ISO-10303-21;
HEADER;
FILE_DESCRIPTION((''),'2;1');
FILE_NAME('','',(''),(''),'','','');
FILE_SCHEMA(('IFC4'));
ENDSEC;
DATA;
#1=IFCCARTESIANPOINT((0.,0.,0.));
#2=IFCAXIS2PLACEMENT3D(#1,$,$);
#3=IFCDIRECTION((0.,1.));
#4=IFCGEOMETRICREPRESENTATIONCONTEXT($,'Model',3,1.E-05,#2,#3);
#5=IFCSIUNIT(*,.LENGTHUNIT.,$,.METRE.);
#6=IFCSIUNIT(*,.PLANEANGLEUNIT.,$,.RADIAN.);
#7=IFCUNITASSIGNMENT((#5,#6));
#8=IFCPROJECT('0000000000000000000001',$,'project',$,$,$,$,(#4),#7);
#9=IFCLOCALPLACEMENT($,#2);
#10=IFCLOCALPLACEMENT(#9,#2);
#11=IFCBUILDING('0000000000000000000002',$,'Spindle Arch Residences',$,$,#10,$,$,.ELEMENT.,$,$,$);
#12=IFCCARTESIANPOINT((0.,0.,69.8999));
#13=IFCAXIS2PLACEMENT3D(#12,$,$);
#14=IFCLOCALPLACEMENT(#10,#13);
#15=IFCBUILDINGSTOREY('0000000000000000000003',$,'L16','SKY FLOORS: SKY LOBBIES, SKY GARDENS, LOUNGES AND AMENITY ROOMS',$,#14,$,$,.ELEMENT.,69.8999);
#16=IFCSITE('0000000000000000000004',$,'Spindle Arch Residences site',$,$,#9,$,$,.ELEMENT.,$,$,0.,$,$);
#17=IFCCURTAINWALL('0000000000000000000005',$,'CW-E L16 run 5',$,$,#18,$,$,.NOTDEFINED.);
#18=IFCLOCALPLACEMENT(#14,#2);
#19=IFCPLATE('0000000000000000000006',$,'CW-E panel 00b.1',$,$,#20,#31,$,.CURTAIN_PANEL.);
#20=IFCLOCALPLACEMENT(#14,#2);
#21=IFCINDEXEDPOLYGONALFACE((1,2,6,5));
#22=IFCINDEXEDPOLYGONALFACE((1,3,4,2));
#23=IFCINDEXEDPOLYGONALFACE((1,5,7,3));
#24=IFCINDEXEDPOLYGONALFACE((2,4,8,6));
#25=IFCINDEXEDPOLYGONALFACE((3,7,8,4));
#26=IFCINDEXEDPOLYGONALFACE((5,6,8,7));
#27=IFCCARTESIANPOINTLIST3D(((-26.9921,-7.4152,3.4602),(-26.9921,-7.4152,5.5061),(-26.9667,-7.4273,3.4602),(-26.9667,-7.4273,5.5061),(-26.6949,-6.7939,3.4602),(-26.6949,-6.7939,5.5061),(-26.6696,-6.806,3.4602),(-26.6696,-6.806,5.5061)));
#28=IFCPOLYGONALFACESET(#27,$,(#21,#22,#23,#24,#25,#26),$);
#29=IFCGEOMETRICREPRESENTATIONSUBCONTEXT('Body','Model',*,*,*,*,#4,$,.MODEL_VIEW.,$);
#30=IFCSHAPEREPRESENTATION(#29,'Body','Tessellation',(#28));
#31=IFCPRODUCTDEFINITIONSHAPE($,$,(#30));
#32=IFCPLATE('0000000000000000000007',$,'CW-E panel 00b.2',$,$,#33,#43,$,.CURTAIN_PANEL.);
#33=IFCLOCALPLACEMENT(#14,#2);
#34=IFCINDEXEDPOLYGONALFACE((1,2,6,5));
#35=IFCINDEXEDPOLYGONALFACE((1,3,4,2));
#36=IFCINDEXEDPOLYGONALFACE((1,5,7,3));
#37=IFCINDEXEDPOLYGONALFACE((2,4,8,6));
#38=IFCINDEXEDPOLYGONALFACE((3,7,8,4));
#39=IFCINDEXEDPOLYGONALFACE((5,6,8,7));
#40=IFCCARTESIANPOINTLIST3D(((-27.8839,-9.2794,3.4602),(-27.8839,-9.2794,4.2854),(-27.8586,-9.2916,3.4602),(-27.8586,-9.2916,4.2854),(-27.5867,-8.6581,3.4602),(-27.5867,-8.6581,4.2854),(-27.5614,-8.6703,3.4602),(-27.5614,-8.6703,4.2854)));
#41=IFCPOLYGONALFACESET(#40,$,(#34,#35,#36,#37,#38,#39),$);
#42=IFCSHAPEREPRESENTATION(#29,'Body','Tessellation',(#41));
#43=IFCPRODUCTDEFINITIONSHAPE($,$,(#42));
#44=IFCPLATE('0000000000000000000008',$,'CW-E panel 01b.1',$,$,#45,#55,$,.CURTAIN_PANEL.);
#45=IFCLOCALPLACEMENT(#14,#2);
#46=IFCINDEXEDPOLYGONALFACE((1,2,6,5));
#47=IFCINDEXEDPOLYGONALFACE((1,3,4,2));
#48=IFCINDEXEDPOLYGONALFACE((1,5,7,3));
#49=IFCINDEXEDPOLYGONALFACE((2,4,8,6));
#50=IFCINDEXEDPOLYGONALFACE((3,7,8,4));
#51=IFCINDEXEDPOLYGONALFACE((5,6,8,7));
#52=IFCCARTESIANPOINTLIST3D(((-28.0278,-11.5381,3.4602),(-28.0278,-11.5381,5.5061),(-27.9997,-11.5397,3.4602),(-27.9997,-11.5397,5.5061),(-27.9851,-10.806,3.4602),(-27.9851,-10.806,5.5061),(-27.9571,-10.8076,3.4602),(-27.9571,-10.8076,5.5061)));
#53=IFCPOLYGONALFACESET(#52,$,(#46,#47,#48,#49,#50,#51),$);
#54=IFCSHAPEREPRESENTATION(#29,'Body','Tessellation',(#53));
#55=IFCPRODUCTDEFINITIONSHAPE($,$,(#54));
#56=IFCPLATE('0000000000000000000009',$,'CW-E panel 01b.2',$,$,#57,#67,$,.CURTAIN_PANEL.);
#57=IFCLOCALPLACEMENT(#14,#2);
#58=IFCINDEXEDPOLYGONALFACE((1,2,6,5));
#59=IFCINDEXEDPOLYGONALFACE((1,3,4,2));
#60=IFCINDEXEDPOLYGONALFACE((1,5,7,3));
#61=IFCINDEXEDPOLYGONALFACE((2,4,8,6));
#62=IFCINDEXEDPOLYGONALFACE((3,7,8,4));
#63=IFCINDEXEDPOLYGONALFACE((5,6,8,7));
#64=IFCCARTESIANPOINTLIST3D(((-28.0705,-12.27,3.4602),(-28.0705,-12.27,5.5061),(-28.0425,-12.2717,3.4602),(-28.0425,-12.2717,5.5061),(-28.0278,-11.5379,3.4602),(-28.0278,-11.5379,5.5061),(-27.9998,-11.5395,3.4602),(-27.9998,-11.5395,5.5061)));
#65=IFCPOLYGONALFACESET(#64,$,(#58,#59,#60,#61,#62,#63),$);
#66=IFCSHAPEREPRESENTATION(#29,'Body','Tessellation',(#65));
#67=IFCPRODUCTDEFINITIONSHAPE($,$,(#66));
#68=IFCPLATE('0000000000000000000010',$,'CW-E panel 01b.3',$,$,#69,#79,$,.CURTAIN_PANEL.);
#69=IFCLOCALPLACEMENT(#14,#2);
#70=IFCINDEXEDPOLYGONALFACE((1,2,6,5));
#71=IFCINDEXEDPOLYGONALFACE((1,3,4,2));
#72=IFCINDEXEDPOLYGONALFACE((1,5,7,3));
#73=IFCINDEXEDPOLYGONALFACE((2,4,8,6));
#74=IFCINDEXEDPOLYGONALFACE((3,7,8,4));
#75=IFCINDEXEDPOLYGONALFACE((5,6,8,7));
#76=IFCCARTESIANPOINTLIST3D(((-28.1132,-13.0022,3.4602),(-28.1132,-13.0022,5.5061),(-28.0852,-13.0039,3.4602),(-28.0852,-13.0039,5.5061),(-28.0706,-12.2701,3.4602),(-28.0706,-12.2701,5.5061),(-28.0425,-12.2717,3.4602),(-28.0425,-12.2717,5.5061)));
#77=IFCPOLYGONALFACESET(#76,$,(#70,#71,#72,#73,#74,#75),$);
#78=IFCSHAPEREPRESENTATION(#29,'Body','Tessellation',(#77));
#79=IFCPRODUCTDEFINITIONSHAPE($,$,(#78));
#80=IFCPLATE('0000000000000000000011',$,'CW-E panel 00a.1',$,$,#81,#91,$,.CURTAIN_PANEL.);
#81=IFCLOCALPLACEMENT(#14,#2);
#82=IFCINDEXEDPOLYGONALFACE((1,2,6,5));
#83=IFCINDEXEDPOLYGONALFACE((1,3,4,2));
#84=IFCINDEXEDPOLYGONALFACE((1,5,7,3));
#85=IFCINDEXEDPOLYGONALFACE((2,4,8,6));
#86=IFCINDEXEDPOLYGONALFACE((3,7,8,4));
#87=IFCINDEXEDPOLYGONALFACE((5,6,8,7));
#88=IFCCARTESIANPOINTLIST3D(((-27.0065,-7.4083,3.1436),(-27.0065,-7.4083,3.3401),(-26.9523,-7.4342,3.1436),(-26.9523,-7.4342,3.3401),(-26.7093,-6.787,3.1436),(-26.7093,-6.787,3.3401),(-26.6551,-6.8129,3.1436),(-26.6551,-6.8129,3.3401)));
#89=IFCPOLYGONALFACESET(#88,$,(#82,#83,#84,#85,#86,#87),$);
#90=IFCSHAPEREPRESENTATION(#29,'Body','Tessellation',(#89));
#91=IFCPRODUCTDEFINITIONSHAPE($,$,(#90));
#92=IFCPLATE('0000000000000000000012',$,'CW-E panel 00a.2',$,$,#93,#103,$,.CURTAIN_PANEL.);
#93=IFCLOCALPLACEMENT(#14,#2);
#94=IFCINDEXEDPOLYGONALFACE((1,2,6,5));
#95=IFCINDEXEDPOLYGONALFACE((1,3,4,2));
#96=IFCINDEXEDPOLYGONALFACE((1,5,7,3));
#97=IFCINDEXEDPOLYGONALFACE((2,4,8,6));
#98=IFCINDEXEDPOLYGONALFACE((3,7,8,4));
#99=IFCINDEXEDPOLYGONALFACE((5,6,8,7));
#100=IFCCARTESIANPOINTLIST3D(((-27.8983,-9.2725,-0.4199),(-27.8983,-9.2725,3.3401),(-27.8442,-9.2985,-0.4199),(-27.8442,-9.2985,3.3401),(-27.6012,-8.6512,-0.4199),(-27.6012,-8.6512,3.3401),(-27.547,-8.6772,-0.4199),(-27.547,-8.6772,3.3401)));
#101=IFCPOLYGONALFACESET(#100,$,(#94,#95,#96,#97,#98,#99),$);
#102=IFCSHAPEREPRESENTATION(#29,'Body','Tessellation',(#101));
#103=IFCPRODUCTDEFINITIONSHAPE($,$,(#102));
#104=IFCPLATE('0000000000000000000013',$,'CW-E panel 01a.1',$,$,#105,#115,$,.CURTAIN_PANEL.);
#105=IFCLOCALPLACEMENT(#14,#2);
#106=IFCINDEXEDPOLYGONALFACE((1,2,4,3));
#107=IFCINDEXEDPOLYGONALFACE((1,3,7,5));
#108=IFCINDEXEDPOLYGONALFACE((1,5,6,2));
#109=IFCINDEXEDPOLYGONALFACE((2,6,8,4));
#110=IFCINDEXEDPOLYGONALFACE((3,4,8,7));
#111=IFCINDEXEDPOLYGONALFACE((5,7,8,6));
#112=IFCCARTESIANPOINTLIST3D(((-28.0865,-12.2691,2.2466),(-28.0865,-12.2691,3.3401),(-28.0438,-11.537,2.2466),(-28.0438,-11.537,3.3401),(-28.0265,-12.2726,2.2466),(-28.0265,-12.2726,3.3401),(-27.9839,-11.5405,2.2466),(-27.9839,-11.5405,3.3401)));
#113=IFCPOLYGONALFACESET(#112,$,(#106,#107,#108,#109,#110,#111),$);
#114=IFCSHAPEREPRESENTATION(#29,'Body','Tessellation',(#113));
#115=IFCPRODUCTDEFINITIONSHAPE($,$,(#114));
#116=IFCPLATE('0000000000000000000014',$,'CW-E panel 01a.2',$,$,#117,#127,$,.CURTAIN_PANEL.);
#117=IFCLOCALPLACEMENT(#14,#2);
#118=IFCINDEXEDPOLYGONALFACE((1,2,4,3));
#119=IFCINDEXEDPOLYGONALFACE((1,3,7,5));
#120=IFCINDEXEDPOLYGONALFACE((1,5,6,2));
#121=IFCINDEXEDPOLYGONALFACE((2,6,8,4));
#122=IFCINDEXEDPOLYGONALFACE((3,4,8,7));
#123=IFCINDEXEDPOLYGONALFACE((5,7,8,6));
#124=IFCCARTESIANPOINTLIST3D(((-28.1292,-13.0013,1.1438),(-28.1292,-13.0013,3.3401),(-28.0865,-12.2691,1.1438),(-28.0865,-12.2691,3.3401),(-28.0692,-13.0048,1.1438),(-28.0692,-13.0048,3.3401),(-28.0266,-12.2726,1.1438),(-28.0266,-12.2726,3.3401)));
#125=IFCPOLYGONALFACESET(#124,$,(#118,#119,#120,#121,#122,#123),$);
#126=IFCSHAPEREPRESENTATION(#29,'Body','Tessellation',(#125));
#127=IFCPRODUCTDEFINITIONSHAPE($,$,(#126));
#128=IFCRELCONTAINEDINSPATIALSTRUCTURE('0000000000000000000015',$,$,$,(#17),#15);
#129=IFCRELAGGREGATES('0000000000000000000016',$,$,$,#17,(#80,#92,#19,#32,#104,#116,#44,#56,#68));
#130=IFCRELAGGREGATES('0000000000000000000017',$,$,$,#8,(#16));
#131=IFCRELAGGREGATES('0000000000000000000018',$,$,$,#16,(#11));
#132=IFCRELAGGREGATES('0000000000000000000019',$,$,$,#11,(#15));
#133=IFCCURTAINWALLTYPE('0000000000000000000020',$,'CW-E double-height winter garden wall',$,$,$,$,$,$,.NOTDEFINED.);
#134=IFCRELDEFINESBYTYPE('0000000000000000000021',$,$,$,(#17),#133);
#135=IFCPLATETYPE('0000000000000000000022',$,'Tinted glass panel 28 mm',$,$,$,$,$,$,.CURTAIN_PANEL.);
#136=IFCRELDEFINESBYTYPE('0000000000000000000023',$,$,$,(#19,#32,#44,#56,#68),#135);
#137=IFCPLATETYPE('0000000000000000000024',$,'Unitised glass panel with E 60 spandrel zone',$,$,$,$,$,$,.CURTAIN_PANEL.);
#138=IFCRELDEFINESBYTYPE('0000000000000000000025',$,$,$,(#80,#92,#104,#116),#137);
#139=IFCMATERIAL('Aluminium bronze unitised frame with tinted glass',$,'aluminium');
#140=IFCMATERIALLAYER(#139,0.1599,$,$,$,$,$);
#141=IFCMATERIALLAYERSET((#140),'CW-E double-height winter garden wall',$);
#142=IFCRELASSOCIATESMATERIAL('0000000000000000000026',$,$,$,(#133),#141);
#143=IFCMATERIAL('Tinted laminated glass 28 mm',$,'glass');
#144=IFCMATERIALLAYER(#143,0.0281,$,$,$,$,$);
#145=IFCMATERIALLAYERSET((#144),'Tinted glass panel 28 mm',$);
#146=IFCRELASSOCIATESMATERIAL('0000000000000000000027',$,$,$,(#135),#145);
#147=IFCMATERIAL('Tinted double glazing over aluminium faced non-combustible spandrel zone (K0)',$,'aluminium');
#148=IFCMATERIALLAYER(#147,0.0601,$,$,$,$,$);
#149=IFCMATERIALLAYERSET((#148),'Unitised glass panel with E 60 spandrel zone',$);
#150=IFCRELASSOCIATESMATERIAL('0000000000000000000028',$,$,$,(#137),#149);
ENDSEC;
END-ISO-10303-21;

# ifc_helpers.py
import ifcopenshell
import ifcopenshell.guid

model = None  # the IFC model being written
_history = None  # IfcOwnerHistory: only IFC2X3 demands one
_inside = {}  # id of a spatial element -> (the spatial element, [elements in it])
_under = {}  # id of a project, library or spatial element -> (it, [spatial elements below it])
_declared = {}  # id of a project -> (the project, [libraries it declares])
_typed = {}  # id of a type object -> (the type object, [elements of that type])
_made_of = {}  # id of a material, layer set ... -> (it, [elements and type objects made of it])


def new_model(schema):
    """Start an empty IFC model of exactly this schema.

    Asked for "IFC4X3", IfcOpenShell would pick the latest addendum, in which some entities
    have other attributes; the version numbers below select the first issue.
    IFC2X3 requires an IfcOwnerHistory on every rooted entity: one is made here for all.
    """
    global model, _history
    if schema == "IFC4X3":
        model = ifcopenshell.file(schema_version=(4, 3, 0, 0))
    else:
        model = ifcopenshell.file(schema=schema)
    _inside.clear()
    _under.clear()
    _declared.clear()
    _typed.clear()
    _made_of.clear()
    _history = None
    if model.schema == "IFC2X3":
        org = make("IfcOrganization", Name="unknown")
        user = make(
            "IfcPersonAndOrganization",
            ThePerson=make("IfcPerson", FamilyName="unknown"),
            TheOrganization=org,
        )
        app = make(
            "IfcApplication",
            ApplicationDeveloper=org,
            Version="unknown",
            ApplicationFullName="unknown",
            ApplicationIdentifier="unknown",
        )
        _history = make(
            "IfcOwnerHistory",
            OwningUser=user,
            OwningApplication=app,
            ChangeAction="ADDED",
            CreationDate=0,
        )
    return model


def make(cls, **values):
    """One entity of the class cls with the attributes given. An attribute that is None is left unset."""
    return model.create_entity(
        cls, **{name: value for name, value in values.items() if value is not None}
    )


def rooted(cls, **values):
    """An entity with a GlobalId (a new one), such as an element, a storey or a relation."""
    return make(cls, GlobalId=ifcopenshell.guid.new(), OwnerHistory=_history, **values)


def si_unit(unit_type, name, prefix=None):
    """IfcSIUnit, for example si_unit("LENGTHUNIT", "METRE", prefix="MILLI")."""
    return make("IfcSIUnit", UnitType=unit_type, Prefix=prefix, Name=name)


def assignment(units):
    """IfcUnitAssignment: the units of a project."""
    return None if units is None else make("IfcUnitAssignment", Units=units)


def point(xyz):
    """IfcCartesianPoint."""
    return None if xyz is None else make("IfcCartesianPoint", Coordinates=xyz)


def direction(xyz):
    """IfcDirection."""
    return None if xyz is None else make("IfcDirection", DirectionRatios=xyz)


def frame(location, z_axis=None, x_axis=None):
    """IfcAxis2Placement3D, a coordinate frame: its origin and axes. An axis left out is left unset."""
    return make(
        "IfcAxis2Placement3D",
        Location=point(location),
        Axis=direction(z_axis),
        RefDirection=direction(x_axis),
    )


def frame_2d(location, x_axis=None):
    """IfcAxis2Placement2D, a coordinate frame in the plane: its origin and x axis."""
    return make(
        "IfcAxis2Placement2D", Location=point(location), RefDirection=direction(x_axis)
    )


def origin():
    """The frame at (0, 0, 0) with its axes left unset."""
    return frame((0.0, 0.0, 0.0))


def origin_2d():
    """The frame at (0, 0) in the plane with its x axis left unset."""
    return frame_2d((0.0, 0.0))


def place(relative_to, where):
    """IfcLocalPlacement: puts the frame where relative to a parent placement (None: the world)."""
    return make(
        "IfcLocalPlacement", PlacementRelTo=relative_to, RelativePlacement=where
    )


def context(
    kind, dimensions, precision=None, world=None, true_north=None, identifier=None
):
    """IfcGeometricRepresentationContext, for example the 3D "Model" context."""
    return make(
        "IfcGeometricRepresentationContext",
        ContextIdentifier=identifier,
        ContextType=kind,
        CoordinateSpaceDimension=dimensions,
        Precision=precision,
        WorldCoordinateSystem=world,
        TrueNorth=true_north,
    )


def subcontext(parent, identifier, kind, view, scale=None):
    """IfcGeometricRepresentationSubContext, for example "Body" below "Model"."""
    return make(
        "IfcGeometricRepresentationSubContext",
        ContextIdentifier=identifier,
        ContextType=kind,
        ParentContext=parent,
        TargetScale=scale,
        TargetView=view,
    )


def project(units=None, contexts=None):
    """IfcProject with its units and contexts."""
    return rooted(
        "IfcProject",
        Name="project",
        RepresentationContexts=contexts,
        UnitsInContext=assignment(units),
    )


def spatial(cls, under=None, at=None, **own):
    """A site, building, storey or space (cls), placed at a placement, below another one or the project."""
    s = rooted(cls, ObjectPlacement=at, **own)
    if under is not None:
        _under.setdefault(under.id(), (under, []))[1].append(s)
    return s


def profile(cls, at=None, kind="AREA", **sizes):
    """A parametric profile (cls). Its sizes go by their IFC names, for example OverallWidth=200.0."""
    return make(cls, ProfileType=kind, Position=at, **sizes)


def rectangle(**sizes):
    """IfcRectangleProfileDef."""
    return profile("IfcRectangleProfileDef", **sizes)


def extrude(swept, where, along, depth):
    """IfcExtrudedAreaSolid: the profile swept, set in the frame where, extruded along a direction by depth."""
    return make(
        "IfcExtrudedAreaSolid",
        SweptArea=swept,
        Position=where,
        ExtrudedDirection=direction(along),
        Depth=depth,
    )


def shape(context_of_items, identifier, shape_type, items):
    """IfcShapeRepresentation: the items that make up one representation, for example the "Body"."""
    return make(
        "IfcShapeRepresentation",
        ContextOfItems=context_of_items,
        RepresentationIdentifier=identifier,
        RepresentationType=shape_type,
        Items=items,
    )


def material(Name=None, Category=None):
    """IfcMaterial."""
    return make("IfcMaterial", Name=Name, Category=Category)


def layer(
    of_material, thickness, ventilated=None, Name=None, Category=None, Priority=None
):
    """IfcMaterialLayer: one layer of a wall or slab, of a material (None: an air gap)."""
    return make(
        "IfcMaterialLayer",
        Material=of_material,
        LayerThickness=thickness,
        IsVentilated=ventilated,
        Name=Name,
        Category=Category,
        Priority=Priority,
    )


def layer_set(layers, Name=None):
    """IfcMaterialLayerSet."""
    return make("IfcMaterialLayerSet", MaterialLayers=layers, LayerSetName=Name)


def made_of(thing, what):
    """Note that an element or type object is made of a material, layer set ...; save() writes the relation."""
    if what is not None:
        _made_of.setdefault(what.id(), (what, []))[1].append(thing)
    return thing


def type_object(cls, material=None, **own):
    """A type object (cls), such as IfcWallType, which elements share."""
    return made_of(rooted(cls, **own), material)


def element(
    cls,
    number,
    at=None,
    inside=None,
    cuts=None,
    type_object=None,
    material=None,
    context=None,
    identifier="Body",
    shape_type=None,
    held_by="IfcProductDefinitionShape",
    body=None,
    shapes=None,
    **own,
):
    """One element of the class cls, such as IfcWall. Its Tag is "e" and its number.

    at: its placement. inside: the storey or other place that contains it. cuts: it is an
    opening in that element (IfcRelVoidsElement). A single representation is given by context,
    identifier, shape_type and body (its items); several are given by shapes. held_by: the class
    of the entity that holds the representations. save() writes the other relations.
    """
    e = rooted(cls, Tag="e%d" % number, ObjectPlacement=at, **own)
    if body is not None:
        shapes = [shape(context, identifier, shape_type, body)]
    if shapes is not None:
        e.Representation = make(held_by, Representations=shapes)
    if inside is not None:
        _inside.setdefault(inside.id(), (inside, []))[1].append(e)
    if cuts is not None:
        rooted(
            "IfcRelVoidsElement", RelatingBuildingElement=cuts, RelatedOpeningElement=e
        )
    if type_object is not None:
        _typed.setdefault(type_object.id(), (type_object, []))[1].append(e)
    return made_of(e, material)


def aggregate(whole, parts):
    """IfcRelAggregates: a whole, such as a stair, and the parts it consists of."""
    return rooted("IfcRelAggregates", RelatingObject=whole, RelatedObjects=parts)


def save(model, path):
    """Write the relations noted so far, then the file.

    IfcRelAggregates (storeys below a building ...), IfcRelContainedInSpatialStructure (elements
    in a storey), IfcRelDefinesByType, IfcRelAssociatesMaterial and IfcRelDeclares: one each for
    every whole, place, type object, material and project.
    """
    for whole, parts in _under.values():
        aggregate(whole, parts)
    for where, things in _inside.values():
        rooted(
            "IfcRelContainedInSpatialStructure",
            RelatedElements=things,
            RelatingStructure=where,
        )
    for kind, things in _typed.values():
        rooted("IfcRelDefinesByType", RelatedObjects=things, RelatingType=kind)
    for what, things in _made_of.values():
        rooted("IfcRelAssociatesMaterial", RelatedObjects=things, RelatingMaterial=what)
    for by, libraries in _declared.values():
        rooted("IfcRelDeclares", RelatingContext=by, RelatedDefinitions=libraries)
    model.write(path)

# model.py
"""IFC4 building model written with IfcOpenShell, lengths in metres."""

from ifc_helpers import new_model, si_unit, direction, frame, origin, origin_2d, place, context, subcontext, project, spatial, rectangle, extrude, material, layer, layer_set, type_object, element, aggregate, save


model = new_model("IFC4")

# Units and contexts
model_context = context("Model", 3, precision=1e-05, world=origin(), true_north=direction((0.0, 1.0)))
body_context = subcontext(model_context, "Body", "Model", "MODEL_VIEW")
ifc_project = project(units=[si_unit("LENGTHUNIT", "METRE"), si_unit("PLANEANGLEUNIT", "RADIAN")], contexts=[model_context])

# Site, building, storey
site_placement = place(None, origin())
site = spatial("IfcSite", under=ifc_project, at=site_placement, Name="Spindle Arch Residences site", CompositionType="ELEMENT", RefElevation=0.0)
building_placement = place(site_placement, origin())
building = spatial("IfcBuilding", under=site, at=building_placement, Name="Spindle Arch Residences", CompositionType="ELEMENT")
storey_placement = place(building_placement, frame((0.0, 0.0, 69.8999)))
storey = spatial("IfcBuildingStorey", under=building, at=storey_placement, Name="L16", Description="SKY FLOORS: SKY LOBBIES, SKY GARDENS, LOUNGES AND AMENITY ROOMS", CompositionType="ELEMENT", Elevation=69.8999)

# Curtain wall
ifc_material_1 = material(Name="Aluminium bronze unitised frame with tinted glass", Category="aluminium")
ifc_layer_1 = layer(ifc_material_1, 0.1599)
ifc_layer_set_1 = layer_set([ifc_layer_1], Name="CW-E double-height winter garden wall")
curtain_wall_type = type_object("IfcCurtainWallType", Name="CW-E double-height winter garden wall", PredefinedType="NOTDEFINED", material=ifc_layer_set_1)
curtain_wall_placement = place(storey_placement, origin())
curtain_wall = element("IfcCurtainWall", 1, at=curtain_wall_placement, inside=storey, type_object=curtain_wall_type, Name="CW-E L16 run 5", PredefinedType="NOTDEFINED")

# Plates
ifc_material_2 = material(Name="Tinted laminated glass 28 mm", Category="glass")
ifc_layer_2 = layer(ifc_material_2, 0.0281)
ifc_layer_set_2 = layer_set([ifc_layer_2], Name="Tinted glass panel 28 mm")
plate_type_1 = type_object("IfcPlateType", Name="Tinted glass panel 28 mm", PredefinedType="CURTAIN_PANEL", material=ifc_layer_set_2)
plate_1_placement = place(storey_placement, frame((-26.8308, -7.1106, 3.4602), z_axis=(0.0, 0.0, 1.0), x_axis=(-0.431502, -0.902112, 0.0)))
plate_1 = element("IfcPlate", 2, at=plate_1_placement, type_object=plate_type_1, Name="CW-E panel 00b.1", PredefinedType="CURTAIN_PANEL", context=body_context, shape_type="SweptSolid", body=[
    extrude(rectangle(XDim=0.6887, YDim=0.0281, at=origin_2d()), origin(), (0.0, 0.0, 1.0), 2.0459),
])
plate_2_placement = place(storey_placement, frame((-27.7227, -8.9749, 3.4602), z_axis=(0.0, 0.0, 1.0), x_axis=(-0.431502, -0.902112, 0.0)))
plate_2 = element("IfcPlate", 3, at=plate_2_placement, type_object=plate_type_1, Name="CW-E panel 00b.2", PredefinedType="CURTAIN_PANEL", context=body_context, shape_type="SweptSolid", body=[
    extrude(rectangle(XDim=0.6887, YDim=0.0281, at=origin_2d()), origin(), (0.0, 0.0, 1.0), 0.8252),
])
plate_3_placement = place(storey_placement, frame((-27.9924, -11.1729, 3.4602), z_axis=(0.0, 0.0, 1.0), x_axis=(-0.058145, -0.998308, 0.0)))
plate_3 = element("IfcPlate", 4, at=plate_3_placement, type_object=plate_type_1, Name="CW-E panel 01b.1", PredefinedType="CURTAIN_PANEL", context=body_context, shape_type="SweptSolid", body=[
    extrude(rectangle(XDim=0.7334, YDim=0.0281, at=origin_2d()), origin(), (0.0, 0.0, 1.0), 2.0459),
])
plate_4_placement = place(storey_placement, frame((-28.0352, -11.9048, 3.4602), z_axis=(0.0, 0.0, 1.0), x_axis=(-0.058145, -0.998308, 0.0)))
plate_4 = element("IfcPlate", 5, at=plate_4_placement, type_object=plate_type_1, Name="CW-E panel 01b.2", PredefinedType="CURTAIN_PANEL", context=body_context, shape_type="SweptSolid", body=[
    extrude(rectangle(XDim=0.7334, YDim=0.0281, at=origin_2d()), origin(), (0.0, 0.0, 1.0), 2.0459),
])
plate_5_placement = place(storey_placement, frame((-28.0779, -12.637, 3.4602), z_axis=(0.0, 0.0, 1.0), x_axis=(-0.058145, -0.998308, 0.0)))
plate_5 = element("IfcPlate", 6, at=plate_5_placement, type_object=plate_type_1, Name="CW-E panel 01b.3", PredefinedType="CURTAIN_PANEL", context=body_context, shape_type="SweptSolid", body=[
    extrude(rectangle(XDim=0.7334, YDim=0.0281, at=origin_2d()), origin(), (0.0, 0.0, 1.0), 2.0459),
])
ifc_material_3 = material(Name="Tinted double glazing over aluminium faced non-combustible spandrel zone (K0)", Category="aluminium")
ifc_layer_3 = layer(ifc_material_3, 0.0601)
ifc_layer_set_3 = layer_set([ifc_layer_3], Name="Unitised glass panel with E 60 spandrel zone")
plate_type_2 = type_object("IfcPlateType", Name="Unitised glass panel with E 60 spandrel zone", PredefinedType="CURTAIN_PANEL", material=ifc_layer_set_3)
plate_6_placement = place(storey_placement, frame((-26.8308, -7.1106, 3.1436), z_axis=(0.0, 0.0, 1.0), x_axis=(-0.431502, -0.902112, 0.0)))
plate_6 = element("IfcPlate", 7, at=plate_6_placement, type_object=plate_type_2, Name="CW-E panel 00a.1", PredefinedType="CURTAIN_PANEL", context=body_context, shape_type="SweptSolid", body=[
    extrude(rectangle(XDim=0.6887, YDim=0.0601, at=origin_2d()), origin(), (0.0, 0.0, 1.0), 0.1965),
])
plate_7_placement = place(storey_placement, frame((-27.7227, -8.9749, -0.4199), z_axis=(0.0, 0.0, 1.0), x_axis=(-0.431502, -0.902112, 0.0)))
plate_7 = element("IfcPlate", 8, at=plate_7_placement, type_object=plate_type_2, Name="CW-E panel 00a.2", PredefinedType="CURTAIN_PANEL", context=body_context, shape_type="SweptSolid", body=[
    extrude(rectangle(XDim=0.6887, YDim=0.0601, at=origin_2d()), origin(), (0.0, 0.0, 1.0), 3.76),
])
plate_8_placement = place(storey_placement, frame((-28.0352, -11.9048, 2.2466), z_axis=(0.0, 0.0, 1.0), x_axis=(-0.058145, -0.998308, 0.0)))
plate_8 = element("IfcPlate", 9, at=plate_8_placement, type_object=plate_type_2, Name="CW-E panel 01a.1", PredefinedType="CURTAIN_PANEL", context=body_context, shape_type="SweptSolid", body=[
    extrude(rectangle(XDim=0.7334, YDim=0.0601, at=origin_2d()), origin(), (0.0, 0.0, 1.0), 1.0935),
])
plate_9_placement = place(storey_placement, frame((-28.0779, -12.637, 1.1438), z_axis=(0.0, 0.0, 1.0), x_axis=(-0.058145, -0.998308, 0.0)))
plate_9 = element("IfcPlate", 10, at=plate_9_placement, type_object=plate_type_2, Name="CW-E panel 01a.2", PredefinedType="CURTAIN_PANEL", context=body_context, shape_type="SweptSolid", body=[
    extrude(rectangle(XDim=0.7334, YDim=0.0601, at=origin_2d()), origin(), (0.0, 0.0, 1.0), 2.1963),
])
aggregate(curtain_wall, [plate_6, plate_7, plate_1, plate_2, plate_8, plate_9, plate_3, plate_4, plate_5])

save(model, "model.ifc")
